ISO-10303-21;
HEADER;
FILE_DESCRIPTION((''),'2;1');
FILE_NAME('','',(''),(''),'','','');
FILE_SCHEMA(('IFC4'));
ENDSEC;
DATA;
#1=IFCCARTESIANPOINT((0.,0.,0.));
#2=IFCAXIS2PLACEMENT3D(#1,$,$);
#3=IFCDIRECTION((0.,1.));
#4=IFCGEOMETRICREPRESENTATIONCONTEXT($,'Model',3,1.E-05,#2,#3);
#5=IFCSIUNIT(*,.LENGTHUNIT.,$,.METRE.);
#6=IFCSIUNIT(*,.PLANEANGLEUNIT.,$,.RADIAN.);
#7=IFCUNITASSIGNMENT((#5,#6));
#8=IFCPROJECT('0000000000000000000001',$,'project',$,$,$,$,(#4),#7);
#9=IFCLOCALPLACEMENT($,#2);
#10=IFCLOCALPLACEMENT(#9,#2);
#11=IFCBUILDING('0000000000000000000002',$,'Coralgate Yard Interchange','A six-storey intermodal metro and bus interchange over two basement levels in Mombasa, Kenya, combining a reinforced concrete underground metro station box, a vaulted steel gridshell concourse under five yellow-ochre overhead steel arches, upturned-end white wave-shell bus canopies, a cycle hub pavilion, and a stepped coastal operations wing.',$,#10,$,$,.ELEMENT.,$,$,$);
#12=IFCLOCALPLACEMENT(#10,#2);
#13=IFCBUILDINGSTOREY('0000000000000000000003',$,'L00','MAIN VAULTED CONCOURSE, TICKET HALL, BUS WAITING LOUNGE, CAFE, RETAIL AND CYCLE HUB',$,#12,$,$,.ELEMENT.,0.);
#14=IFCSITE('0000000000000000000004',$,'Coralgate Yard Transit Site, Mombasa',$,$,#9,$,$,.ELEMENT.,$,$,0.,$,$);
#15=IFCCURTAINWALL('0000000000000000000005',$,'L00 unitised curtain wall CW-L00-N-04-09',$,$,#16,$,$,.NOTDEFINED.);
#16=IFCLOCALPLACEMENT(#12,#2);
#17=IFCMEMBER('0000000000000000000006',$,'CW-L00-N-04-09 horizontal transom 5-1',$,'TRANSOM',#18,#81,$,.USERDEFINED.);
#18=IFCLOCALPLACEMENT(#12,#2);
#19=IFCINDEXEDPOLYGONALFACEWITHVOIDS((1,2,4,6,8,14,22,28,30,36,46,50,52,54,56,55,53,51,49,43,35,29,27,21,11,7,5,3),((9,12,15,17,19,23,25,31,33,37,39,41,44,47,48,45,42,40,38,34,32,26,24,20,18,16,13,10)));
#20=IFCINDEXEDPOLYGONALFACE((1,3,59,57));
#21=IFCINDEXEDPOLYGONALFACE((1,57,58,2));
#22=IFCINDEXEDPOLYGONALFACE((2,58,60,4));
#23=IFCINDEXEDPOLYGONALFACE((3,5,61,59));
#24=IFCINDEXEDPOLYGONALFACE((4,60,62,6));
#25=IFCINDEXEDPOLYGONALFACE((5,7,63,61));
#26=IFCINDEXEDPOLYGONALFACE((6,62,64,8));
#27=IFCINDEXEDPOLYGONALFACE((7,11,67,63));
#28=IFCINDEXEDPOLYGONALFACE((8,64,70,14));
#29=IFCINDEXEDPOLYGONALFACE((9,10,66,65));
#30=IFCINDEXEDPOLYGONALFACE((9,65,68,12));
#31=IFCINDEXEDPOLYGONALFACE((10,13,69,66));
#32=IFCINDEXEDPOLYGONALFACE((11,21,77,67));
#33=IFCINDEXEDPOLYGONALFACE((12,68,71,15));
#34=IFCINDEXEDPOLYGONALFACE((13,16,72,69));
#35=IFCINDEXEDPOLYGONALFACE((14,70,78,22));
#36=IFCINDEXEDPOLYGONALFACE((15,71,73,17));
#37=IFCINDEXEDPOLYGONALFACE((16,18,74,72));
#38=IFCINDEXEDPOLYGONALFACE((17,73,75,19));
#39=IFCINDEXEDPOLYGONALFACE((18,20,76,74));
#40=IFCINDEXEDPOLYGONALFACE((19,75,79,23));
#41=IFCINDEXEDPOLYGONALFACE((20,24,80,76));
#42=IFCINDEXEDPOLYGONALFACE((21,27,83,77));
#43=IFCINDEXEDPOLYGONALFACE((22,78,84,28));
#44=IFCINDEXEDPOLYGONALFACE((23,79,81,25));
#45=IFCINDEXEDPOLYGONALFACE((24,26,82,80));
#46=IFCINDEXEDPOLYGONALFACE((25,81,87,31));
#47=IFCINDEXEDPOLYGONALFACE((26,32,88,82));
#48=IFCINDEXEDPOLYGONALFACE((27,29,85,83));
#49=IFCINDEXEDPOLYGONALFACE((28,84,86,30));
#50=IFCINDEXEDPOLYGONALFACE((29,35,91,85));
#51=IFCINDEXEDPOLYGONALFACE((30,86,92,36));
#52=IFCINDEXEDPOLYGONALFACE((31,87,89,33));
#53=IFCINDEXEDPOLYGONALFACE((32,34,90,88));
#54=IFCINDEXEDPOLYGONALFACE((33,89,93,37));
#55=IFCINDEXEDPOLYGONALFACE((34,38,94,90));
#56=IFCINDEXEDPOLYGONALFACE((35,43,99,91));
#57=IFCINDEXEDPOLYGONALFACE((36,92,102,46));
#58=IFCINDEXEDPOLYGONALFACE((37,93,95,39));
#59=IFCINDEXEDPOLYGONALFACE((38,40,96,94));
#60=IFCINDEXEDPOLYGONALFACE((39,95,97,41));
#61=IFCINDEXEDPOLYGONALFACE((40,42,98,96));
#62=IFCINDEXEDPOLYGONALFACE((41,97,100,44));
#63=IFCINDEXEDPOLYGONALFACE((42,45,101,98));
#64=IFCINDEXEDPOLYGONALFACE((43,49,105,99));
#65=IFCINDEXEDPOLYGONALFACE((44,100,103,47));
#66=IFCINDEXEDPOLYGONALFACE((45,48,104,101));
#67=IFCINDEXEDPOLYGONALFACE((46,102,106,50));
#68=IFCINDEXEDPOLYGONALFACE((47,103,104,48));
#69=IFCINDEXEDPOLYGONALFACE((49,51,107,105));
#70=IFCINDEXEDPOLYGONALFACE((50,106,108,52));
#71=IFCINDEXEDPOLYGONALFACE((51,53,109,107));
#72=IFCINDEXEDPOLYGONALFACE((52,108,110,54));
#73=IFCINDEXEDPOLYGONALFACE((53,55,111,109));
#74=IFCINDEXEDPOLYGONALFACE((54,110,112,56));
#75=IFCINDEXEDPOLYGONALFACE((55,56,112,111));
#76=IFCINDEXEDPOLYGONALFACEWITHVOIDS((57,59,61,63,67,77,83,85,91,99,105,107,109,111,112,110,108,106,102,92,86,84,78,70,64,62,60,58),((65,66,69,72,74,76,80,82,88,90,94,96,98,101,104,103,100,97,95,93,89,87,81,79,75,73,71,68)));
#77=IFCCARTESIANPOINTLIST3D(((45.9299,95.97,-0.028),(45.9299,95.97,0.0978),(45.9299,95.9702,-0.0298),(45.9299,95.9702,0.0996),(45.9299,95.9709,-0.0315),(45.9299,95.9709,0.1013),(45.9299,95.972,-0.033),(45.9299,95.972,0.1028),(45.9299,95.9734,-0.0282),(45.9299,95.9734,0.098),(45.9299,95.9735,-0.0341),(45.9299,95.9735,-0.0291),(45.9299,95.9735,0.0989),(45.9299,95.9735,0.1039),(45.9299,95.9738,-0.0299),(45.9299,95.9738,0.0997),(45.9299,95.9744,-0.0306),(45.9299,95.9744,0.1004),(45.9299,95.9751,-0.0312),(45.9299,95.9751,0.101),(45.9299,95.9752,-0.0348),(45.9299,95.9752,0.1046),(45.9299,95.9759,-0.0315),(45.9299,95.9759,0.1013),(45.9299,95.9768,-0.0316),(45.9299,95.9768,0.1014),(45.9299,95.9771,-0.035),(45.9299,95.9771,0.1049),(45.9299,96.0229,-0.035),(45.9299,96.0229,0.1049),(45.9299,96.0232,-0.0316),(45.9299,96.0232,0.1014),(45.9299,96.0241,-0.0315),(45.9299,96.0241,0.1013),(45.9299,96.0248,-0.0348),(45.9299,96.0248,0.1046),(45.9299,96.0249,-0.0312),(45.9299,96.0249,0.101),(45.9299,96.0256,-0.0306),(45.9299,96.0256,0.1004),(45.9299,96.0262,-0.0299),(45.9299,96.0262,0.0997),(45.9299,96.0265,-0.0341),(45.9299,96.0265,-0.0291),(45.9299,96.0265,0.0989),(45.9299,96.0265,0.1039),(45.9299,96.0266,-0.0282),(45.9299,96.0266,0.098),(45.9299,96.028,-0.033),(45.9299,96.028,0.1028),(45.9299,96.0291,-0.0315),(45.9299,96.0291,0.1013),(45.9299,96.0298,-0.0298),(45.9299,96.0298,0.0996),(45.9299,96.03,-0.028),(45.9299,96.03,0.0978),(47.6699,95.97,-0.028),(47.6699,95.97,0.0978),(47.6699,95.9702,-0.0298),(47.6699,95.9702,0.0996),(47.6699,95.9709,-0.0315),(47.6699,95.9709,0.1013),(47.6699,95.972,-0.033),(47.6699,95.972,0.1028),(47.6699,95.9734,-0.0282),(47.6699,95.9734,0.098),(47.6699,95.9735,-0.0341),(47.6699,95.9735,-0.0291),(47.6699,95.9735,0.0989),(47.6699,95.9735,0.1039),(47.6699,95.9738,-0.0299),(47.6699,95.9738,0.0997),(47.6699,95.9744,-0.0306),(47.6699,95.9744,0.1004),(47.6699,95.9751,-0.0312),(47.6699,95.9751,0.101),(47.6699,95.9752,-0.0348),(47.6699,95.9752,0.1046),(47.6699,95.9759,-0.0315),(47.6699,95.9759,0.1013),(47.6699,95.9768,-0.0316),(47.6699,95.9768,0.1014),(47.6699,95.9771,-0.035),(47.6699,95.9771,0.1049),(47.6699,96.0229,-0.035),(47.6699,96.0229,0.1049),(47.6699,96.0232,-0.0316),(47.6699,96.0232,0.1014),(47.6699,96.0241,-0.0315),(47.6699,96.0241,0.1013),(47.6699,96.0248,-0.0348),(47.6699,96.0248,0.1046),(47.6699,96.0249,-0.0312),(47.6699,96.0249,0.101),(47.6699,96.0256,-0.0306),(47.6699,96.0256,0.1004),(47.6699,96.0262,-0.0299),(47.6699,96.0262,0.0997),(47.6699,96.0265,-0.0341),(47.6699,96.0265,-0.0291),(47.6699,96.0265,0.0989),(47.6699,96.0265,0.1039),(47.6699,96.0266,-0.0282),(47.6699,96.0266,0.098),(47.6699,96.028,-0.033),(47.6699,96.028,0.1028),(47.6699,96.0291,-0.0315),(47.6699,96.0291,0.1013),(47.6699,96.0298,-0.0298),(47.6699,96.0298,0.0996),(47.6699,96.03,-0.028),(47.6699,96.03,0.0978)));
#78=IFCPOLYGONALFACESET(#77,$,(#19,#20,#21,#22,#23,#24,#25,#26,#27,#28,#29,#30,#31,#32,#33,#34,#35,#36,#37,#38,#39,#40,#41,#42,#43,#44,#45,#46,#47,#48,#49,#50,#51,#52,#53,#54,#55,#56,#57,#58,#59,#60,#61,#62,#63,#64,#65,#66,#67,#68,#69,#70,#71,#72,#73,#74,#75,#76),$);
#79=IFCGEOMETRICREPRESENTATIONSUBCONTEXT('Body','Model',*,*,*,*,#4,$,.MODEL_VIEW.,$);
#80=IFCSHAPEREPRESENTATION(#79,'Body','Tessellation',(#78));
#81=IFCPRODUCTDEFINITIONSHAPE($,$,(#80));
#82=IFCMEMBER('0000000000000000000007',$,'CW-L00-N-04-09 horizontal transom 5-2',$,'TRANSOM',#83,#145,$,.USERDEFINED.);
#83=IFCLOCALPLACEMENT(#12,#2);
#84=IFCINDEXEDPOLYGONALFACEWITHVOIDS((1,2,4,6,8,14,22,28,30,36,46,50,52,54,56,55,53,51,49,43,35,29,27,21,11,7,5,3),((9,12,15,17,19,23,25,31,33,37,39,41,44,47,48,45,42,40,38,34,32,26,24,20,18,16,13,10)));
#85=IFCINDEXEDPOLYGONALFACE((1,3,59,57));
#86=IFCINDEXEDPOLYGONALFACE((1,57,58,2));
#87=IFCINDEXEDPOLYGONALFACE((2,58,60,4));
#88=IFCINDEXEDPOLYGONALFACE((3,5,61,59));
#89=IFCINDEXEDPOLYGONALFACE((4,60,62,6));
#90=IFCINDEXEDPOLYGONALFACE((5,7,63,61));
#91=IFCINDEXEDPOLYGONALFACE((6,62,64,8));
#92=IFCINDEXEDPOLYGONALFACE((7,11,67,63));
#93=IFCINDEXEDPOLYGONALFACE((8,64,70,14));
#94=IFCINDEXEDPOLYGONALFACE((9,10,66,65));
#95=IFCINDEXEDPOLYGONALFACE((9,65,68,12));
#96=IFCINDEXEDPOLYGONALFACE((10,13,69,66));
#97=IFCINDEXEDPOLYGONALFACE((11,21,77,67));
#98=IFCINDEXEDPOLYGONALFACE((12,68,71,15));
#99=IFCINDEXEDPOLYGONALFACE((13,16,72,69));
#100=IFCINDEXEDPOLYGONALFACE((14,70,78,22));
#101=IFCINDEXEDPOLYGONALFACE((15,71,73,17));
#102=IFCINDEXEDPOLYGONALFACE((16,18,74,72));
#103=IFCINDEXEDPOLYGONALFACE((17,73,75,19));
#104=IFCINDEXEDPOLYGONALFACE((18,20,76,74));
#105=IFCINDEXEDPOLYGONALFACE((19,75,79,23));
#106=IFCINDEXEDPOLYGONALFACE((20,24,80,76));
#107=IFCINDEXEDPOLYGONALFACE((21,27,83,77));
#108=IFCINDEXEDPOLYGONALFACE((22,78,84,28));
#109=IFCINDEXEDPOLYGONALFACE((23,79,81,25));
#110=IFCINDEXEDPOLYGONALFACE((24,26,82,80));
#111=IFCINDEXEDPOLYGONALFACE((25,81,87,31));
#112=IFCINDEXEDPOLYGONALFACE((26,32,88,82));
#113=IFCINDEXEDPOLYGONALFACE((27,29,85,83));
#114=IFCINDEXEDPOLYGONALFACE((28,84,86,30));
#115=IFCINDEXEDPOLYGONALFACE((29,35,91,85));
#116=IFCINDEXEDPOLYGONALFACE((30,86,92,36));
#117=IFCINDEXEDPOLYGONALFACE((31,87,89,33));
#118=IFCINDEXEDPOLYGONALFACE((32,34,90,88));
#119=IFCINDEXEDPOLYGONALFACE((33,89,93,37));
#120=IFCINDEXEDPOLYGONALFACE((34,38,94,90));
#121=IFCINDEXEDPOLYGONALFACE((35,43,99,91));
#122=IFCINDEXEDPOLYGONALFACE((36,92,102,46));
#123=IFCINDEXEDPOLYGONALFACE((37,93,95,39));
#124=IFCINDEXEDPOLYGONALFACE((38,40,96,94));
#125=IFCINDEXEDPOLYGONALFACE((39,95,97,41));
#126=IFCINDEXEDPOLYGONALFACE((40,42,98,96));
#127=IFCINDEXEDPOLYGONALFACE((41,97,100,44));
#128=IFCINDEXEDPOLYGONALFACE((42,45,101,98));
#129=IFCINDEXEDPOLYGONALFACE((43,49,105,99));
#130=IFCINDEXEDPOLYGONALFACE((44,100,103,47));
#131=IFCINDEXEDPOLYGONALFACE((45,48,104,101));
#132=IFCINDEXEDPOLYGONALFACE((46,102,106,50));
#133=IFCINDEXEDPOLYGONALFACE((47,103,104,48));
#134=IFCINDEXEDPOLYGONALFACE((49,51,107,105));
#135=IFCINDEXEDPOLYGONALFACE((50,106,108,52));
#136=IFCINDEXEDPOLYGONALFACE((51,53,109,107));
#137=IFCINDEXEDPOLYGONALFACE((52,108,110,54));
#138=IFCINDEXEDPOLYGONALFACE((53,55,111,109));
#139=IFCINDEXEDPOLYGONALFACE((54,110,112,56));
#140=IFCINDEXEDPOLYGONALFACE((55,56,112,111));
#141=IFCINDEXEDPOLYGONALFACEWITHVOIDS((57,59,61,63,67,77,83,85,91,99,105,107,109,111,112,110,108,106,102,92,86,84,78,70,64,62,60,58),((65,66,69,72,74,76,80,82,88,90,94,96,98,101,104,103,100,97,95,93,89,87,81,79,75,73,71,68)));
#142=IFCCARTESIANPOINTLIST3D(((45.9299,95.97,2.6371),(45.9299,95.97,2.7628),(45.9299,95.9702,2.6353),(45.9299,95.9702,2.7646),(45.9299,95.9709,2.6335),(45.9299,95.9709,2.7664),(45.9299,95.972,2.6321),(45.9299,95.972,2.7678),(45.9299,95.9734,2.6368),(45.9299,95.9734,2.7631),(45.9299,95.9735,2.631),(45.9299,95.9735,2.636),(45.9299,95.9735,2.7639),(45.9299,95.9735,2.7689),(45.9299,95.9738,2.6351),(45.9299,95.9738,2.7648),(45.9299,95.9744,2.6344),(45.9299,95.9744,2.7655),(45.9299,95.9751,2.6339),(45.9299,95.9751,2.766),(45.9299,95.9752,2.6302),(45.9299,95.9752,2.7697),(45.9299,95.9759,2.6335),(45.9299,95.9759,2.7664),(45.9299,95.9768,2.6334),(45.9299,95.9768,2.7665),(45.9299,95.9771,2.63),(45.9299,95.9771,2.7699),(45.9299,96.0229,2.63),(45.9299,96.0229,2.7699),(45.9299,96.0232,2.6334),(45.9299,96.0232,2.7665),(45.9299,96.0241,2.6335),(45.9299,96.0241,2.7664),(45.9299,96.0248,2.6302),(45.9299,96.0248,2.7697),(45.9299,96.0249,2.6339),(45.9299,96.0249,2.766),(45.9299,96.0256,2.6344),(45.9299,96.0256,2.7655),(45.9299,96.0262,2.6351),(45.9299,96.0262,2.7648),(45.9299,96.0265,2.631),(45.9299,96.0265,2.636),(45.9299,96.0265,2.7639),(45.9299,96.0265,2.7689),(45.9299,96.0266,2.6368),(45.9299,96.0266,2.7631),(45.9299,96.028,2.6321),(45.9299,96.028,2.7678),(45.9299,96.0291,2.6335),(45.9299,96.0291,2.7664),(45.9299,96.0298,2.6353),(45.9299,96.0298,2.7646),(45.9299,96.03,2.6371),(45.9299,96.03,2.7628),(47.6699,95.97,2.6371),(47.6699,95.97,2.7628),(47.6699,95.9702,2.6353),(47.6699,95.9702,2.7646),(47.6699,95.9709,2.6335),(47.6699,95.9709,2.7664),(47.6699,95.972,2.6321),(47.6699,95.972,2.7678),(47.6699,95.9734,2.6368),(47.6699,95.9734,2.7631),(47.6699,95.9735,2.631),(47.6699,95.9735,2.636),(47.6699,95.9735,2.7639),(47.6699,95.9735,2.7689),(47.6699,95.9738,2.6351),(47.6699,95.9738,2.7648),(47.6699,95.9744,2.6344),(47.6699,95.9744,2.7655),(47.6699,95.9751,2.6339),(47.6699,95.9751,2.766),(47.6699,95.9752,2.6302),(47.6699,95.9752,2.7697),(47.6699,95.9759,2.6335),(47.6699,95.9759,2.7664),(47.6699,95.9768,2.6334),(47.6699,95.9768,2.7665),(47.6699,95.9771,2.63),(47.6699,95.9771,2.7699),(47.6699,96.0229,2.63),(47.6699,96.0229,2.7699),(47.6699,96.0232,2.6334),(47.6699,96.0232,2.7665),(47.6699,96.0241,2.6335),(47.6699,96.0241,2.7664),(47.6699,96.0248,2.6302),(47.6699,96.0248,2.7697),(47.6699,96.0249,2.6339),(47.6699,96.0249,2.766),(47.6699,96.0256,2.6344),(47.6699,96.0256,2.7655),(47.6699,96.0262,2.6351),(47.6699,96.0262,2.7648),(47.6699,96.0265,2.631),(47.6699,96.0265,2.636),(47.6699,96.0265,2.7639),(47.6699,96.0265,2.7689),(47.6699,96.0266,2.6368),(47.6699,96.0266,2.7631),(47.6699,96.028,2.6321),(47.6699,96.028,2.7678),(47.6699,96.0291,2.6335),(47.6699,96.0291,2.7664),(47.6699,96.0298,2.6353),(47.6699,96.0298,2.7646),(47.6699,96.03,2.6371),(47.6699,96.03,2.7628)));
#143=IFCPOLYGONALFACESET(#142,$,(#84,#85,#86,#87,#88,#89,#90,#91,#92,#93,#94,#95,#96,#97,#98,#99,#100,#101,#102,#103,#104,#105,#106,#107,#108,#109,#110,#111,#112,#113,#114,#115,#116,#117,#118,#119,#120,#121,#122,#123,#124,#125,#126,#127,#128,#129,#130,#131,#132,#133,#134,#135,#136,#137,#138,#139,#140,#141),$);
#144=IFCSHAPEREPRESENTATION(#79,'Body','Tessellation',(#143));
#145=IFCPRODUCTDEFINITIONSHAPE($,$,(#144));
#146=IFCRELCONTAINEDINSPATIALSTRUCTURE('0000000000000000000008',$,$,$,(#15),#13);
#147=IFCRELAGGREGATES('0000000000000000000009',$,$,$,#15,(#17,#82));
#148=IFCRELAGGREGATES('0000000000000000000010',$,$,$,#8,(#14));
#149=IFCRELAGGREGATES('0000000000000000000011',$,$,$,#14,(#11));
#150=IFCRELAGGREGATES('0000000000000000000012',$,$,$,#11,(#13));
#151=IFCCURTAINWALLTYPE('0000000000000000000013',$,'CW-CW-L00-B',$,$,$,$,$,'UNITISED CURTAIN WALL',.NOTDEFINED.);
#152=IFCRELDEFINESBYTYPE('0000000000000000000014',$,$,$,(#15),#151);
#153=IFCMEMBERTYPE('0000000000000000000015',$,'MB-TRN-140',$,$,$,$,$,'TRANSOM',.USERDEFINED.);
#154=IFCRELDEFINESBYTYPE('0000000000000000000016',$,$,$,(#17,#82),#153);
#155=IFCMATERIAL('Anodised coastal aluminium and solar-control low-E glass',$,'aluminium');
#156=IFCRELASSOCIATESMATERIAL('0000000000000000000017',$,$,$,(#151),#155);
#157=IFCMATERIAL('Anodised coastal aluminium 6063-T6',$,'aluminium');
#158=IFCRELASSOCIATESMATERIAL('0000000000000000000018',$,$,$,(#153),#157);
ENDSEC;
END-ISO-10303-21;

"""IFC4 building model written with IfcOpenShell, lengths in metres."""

from ifc_helpers import new_model, si_unit, direction, frame, origin, origin_2d, place, context, subcontext, project, spatial, hollow_rectangle, extrude, material, material_profile, profile_set, type_object, element, aggregate, save


model = new_model("IFC4")

# Units and contexts
model_context = context("Model", 3, precision=1e-05, world=origin(), true_north=direction((0.0, 1.0)))
body_context = subcontext(model_context, "Body", "Model", "MODEL_VIEW")
ifc_project = project(units=[si_unit("LENGTHUNIT", "METRE"), si_unit("PLANEANGLEUNIT", "RADIAN")], contexts=[model_context])

# Site, building, storey
site_placement = place(None, origin())
site = spatial("IfcSite", under=ifc_project, at=site_placement, Name="Coralgate Yard Transit Site, Mombasa", CompositionType="ELEMENT", RefElevation=0.0)
building_placement = place(site_placement, origin())
building = spatial("IfcBuilding", under=site, at=building_placement, Name="Coralgate Yard Interchange", Description="A six-storey intermodal metro and bus interchange over two basement levels in Mombasa, Kenya, combining a reinforced concrete underground metro station box, a vaulted steel gridshell concourse under five yellow-ochre overhead steel arches, upturned-end white wave-shell bus canopies, a cycle hub pavilion, and a stepped coastal operations wing.", CompositionType="ELEMENT")
storey_placement = place(building_placement, origin())
storey = spatial("IfcBuildingStorey", under=building, at=storey_placement, Name="L00", Description="MAIN VAULTED CONCOURSE, TICKET HALL, BUS WAITING LOUNGE, CAFE, RETAIL AND CYCLE HUB", CompositionType="ELEMENT", Elevation=0.0)

# Curtain wall, members
ifc_material_1 = material(Name="Anodised coastal aluminium and solar-control low-E glass", Category="aluminium")
curtain_wall_type = type_object("IfcCurtainWallType", Name="CW-CW-L00-B", ElementType="UNITISED CURTAIN WALL", PredefinedType="NOTDEFINED", material=ifc_material_1)
curtain_wall_placement = place(storey_placement, origin())
curtain_wall = element("IfcCurtainWall", 1, at=curtain_wall_placement, inside=storey, type_object=curtain_wall_type, Name="L00 unitised curtain wall CW-L00-N-04-09", PredefinedType="NOTDEFINED")
ifc_material_2 = material(Name="Anodised coastal aluminium 6063-T6", Category="aluminium")
ifc_material_profile_1 = material_profile(ifc_material_2, hollow_rectangle(XDim=0.0601, YDim=0.1399, WallThickness=0.0034, InnerFilletRadius=0.0034, OuterFilletRadius=0.0071, at=origin_2d()), Name="ALU 60x140x3.5")
ifc_profile_set_1 = profile_set([ifc_material_profile_1], Name="Anodised coastal aluminium 6063-T6")
member_type_1 = type_object("IfcMemberType", Name="MB-TRN-140", ElementType="TRANSOM", PredefinedType="USERDEFINED", material=ifc_profile_set_1)
member_1_placement = place(storey_placement, frame((45.9299, 96.0, 0.0349), z_axis=(1.0, 0.0, 0.0), x_axis=(0.0, 1.0, 0.0)))
member_1 = element("IfcMember", 2, at=member_1_placement, type_object=member_type_1, Name="CW-L00-N-04-09 horizontal transom 5-1", ObjectType="TRANSOM", PredefinedType="USERDEFINED", context=body_context, shape_type="SweptSolid", body=[
    extrude(hollow_rectangle(XDim=0.0601, YDim=0.1399, WallThickness=0.0034, InnerFilletRadius=0.0034, OuterFilletRadius=0.0071, at=origin_2d()), origin(), (0.0, 0.0, 1.0), 1.74),
])
member_2_placement = place(storey_placement, frame((45.9299, 96.0, 2.7), z_axis=(1.0, 0.0, 0.0), x_axis=(0.0, 1.0, 0.0)))
member_2 = element("IfcMember", 3, at=member_2_placement, type_object=member_type_1, Name="CW-L00-N-04-09 horizontal transom 5-2", ObjectType="TRANSOM", PredefinedType="USERDEFINED", context=body_context, shape_type="SweptSolid", body=[
    extrude(hollow_rectangle(XDim=0.0601, YDim=0.1399, WallThickness=0.0034, InnerFilletRadius=0.0034, OuterFilletRadius=0.0071, at=origin_2d()), origin(), (0.0, 0.0, 1.0), 1.74),
])
aggregate(curtain_wall, [member_1, member_2])

save(model, "model.ifc")
